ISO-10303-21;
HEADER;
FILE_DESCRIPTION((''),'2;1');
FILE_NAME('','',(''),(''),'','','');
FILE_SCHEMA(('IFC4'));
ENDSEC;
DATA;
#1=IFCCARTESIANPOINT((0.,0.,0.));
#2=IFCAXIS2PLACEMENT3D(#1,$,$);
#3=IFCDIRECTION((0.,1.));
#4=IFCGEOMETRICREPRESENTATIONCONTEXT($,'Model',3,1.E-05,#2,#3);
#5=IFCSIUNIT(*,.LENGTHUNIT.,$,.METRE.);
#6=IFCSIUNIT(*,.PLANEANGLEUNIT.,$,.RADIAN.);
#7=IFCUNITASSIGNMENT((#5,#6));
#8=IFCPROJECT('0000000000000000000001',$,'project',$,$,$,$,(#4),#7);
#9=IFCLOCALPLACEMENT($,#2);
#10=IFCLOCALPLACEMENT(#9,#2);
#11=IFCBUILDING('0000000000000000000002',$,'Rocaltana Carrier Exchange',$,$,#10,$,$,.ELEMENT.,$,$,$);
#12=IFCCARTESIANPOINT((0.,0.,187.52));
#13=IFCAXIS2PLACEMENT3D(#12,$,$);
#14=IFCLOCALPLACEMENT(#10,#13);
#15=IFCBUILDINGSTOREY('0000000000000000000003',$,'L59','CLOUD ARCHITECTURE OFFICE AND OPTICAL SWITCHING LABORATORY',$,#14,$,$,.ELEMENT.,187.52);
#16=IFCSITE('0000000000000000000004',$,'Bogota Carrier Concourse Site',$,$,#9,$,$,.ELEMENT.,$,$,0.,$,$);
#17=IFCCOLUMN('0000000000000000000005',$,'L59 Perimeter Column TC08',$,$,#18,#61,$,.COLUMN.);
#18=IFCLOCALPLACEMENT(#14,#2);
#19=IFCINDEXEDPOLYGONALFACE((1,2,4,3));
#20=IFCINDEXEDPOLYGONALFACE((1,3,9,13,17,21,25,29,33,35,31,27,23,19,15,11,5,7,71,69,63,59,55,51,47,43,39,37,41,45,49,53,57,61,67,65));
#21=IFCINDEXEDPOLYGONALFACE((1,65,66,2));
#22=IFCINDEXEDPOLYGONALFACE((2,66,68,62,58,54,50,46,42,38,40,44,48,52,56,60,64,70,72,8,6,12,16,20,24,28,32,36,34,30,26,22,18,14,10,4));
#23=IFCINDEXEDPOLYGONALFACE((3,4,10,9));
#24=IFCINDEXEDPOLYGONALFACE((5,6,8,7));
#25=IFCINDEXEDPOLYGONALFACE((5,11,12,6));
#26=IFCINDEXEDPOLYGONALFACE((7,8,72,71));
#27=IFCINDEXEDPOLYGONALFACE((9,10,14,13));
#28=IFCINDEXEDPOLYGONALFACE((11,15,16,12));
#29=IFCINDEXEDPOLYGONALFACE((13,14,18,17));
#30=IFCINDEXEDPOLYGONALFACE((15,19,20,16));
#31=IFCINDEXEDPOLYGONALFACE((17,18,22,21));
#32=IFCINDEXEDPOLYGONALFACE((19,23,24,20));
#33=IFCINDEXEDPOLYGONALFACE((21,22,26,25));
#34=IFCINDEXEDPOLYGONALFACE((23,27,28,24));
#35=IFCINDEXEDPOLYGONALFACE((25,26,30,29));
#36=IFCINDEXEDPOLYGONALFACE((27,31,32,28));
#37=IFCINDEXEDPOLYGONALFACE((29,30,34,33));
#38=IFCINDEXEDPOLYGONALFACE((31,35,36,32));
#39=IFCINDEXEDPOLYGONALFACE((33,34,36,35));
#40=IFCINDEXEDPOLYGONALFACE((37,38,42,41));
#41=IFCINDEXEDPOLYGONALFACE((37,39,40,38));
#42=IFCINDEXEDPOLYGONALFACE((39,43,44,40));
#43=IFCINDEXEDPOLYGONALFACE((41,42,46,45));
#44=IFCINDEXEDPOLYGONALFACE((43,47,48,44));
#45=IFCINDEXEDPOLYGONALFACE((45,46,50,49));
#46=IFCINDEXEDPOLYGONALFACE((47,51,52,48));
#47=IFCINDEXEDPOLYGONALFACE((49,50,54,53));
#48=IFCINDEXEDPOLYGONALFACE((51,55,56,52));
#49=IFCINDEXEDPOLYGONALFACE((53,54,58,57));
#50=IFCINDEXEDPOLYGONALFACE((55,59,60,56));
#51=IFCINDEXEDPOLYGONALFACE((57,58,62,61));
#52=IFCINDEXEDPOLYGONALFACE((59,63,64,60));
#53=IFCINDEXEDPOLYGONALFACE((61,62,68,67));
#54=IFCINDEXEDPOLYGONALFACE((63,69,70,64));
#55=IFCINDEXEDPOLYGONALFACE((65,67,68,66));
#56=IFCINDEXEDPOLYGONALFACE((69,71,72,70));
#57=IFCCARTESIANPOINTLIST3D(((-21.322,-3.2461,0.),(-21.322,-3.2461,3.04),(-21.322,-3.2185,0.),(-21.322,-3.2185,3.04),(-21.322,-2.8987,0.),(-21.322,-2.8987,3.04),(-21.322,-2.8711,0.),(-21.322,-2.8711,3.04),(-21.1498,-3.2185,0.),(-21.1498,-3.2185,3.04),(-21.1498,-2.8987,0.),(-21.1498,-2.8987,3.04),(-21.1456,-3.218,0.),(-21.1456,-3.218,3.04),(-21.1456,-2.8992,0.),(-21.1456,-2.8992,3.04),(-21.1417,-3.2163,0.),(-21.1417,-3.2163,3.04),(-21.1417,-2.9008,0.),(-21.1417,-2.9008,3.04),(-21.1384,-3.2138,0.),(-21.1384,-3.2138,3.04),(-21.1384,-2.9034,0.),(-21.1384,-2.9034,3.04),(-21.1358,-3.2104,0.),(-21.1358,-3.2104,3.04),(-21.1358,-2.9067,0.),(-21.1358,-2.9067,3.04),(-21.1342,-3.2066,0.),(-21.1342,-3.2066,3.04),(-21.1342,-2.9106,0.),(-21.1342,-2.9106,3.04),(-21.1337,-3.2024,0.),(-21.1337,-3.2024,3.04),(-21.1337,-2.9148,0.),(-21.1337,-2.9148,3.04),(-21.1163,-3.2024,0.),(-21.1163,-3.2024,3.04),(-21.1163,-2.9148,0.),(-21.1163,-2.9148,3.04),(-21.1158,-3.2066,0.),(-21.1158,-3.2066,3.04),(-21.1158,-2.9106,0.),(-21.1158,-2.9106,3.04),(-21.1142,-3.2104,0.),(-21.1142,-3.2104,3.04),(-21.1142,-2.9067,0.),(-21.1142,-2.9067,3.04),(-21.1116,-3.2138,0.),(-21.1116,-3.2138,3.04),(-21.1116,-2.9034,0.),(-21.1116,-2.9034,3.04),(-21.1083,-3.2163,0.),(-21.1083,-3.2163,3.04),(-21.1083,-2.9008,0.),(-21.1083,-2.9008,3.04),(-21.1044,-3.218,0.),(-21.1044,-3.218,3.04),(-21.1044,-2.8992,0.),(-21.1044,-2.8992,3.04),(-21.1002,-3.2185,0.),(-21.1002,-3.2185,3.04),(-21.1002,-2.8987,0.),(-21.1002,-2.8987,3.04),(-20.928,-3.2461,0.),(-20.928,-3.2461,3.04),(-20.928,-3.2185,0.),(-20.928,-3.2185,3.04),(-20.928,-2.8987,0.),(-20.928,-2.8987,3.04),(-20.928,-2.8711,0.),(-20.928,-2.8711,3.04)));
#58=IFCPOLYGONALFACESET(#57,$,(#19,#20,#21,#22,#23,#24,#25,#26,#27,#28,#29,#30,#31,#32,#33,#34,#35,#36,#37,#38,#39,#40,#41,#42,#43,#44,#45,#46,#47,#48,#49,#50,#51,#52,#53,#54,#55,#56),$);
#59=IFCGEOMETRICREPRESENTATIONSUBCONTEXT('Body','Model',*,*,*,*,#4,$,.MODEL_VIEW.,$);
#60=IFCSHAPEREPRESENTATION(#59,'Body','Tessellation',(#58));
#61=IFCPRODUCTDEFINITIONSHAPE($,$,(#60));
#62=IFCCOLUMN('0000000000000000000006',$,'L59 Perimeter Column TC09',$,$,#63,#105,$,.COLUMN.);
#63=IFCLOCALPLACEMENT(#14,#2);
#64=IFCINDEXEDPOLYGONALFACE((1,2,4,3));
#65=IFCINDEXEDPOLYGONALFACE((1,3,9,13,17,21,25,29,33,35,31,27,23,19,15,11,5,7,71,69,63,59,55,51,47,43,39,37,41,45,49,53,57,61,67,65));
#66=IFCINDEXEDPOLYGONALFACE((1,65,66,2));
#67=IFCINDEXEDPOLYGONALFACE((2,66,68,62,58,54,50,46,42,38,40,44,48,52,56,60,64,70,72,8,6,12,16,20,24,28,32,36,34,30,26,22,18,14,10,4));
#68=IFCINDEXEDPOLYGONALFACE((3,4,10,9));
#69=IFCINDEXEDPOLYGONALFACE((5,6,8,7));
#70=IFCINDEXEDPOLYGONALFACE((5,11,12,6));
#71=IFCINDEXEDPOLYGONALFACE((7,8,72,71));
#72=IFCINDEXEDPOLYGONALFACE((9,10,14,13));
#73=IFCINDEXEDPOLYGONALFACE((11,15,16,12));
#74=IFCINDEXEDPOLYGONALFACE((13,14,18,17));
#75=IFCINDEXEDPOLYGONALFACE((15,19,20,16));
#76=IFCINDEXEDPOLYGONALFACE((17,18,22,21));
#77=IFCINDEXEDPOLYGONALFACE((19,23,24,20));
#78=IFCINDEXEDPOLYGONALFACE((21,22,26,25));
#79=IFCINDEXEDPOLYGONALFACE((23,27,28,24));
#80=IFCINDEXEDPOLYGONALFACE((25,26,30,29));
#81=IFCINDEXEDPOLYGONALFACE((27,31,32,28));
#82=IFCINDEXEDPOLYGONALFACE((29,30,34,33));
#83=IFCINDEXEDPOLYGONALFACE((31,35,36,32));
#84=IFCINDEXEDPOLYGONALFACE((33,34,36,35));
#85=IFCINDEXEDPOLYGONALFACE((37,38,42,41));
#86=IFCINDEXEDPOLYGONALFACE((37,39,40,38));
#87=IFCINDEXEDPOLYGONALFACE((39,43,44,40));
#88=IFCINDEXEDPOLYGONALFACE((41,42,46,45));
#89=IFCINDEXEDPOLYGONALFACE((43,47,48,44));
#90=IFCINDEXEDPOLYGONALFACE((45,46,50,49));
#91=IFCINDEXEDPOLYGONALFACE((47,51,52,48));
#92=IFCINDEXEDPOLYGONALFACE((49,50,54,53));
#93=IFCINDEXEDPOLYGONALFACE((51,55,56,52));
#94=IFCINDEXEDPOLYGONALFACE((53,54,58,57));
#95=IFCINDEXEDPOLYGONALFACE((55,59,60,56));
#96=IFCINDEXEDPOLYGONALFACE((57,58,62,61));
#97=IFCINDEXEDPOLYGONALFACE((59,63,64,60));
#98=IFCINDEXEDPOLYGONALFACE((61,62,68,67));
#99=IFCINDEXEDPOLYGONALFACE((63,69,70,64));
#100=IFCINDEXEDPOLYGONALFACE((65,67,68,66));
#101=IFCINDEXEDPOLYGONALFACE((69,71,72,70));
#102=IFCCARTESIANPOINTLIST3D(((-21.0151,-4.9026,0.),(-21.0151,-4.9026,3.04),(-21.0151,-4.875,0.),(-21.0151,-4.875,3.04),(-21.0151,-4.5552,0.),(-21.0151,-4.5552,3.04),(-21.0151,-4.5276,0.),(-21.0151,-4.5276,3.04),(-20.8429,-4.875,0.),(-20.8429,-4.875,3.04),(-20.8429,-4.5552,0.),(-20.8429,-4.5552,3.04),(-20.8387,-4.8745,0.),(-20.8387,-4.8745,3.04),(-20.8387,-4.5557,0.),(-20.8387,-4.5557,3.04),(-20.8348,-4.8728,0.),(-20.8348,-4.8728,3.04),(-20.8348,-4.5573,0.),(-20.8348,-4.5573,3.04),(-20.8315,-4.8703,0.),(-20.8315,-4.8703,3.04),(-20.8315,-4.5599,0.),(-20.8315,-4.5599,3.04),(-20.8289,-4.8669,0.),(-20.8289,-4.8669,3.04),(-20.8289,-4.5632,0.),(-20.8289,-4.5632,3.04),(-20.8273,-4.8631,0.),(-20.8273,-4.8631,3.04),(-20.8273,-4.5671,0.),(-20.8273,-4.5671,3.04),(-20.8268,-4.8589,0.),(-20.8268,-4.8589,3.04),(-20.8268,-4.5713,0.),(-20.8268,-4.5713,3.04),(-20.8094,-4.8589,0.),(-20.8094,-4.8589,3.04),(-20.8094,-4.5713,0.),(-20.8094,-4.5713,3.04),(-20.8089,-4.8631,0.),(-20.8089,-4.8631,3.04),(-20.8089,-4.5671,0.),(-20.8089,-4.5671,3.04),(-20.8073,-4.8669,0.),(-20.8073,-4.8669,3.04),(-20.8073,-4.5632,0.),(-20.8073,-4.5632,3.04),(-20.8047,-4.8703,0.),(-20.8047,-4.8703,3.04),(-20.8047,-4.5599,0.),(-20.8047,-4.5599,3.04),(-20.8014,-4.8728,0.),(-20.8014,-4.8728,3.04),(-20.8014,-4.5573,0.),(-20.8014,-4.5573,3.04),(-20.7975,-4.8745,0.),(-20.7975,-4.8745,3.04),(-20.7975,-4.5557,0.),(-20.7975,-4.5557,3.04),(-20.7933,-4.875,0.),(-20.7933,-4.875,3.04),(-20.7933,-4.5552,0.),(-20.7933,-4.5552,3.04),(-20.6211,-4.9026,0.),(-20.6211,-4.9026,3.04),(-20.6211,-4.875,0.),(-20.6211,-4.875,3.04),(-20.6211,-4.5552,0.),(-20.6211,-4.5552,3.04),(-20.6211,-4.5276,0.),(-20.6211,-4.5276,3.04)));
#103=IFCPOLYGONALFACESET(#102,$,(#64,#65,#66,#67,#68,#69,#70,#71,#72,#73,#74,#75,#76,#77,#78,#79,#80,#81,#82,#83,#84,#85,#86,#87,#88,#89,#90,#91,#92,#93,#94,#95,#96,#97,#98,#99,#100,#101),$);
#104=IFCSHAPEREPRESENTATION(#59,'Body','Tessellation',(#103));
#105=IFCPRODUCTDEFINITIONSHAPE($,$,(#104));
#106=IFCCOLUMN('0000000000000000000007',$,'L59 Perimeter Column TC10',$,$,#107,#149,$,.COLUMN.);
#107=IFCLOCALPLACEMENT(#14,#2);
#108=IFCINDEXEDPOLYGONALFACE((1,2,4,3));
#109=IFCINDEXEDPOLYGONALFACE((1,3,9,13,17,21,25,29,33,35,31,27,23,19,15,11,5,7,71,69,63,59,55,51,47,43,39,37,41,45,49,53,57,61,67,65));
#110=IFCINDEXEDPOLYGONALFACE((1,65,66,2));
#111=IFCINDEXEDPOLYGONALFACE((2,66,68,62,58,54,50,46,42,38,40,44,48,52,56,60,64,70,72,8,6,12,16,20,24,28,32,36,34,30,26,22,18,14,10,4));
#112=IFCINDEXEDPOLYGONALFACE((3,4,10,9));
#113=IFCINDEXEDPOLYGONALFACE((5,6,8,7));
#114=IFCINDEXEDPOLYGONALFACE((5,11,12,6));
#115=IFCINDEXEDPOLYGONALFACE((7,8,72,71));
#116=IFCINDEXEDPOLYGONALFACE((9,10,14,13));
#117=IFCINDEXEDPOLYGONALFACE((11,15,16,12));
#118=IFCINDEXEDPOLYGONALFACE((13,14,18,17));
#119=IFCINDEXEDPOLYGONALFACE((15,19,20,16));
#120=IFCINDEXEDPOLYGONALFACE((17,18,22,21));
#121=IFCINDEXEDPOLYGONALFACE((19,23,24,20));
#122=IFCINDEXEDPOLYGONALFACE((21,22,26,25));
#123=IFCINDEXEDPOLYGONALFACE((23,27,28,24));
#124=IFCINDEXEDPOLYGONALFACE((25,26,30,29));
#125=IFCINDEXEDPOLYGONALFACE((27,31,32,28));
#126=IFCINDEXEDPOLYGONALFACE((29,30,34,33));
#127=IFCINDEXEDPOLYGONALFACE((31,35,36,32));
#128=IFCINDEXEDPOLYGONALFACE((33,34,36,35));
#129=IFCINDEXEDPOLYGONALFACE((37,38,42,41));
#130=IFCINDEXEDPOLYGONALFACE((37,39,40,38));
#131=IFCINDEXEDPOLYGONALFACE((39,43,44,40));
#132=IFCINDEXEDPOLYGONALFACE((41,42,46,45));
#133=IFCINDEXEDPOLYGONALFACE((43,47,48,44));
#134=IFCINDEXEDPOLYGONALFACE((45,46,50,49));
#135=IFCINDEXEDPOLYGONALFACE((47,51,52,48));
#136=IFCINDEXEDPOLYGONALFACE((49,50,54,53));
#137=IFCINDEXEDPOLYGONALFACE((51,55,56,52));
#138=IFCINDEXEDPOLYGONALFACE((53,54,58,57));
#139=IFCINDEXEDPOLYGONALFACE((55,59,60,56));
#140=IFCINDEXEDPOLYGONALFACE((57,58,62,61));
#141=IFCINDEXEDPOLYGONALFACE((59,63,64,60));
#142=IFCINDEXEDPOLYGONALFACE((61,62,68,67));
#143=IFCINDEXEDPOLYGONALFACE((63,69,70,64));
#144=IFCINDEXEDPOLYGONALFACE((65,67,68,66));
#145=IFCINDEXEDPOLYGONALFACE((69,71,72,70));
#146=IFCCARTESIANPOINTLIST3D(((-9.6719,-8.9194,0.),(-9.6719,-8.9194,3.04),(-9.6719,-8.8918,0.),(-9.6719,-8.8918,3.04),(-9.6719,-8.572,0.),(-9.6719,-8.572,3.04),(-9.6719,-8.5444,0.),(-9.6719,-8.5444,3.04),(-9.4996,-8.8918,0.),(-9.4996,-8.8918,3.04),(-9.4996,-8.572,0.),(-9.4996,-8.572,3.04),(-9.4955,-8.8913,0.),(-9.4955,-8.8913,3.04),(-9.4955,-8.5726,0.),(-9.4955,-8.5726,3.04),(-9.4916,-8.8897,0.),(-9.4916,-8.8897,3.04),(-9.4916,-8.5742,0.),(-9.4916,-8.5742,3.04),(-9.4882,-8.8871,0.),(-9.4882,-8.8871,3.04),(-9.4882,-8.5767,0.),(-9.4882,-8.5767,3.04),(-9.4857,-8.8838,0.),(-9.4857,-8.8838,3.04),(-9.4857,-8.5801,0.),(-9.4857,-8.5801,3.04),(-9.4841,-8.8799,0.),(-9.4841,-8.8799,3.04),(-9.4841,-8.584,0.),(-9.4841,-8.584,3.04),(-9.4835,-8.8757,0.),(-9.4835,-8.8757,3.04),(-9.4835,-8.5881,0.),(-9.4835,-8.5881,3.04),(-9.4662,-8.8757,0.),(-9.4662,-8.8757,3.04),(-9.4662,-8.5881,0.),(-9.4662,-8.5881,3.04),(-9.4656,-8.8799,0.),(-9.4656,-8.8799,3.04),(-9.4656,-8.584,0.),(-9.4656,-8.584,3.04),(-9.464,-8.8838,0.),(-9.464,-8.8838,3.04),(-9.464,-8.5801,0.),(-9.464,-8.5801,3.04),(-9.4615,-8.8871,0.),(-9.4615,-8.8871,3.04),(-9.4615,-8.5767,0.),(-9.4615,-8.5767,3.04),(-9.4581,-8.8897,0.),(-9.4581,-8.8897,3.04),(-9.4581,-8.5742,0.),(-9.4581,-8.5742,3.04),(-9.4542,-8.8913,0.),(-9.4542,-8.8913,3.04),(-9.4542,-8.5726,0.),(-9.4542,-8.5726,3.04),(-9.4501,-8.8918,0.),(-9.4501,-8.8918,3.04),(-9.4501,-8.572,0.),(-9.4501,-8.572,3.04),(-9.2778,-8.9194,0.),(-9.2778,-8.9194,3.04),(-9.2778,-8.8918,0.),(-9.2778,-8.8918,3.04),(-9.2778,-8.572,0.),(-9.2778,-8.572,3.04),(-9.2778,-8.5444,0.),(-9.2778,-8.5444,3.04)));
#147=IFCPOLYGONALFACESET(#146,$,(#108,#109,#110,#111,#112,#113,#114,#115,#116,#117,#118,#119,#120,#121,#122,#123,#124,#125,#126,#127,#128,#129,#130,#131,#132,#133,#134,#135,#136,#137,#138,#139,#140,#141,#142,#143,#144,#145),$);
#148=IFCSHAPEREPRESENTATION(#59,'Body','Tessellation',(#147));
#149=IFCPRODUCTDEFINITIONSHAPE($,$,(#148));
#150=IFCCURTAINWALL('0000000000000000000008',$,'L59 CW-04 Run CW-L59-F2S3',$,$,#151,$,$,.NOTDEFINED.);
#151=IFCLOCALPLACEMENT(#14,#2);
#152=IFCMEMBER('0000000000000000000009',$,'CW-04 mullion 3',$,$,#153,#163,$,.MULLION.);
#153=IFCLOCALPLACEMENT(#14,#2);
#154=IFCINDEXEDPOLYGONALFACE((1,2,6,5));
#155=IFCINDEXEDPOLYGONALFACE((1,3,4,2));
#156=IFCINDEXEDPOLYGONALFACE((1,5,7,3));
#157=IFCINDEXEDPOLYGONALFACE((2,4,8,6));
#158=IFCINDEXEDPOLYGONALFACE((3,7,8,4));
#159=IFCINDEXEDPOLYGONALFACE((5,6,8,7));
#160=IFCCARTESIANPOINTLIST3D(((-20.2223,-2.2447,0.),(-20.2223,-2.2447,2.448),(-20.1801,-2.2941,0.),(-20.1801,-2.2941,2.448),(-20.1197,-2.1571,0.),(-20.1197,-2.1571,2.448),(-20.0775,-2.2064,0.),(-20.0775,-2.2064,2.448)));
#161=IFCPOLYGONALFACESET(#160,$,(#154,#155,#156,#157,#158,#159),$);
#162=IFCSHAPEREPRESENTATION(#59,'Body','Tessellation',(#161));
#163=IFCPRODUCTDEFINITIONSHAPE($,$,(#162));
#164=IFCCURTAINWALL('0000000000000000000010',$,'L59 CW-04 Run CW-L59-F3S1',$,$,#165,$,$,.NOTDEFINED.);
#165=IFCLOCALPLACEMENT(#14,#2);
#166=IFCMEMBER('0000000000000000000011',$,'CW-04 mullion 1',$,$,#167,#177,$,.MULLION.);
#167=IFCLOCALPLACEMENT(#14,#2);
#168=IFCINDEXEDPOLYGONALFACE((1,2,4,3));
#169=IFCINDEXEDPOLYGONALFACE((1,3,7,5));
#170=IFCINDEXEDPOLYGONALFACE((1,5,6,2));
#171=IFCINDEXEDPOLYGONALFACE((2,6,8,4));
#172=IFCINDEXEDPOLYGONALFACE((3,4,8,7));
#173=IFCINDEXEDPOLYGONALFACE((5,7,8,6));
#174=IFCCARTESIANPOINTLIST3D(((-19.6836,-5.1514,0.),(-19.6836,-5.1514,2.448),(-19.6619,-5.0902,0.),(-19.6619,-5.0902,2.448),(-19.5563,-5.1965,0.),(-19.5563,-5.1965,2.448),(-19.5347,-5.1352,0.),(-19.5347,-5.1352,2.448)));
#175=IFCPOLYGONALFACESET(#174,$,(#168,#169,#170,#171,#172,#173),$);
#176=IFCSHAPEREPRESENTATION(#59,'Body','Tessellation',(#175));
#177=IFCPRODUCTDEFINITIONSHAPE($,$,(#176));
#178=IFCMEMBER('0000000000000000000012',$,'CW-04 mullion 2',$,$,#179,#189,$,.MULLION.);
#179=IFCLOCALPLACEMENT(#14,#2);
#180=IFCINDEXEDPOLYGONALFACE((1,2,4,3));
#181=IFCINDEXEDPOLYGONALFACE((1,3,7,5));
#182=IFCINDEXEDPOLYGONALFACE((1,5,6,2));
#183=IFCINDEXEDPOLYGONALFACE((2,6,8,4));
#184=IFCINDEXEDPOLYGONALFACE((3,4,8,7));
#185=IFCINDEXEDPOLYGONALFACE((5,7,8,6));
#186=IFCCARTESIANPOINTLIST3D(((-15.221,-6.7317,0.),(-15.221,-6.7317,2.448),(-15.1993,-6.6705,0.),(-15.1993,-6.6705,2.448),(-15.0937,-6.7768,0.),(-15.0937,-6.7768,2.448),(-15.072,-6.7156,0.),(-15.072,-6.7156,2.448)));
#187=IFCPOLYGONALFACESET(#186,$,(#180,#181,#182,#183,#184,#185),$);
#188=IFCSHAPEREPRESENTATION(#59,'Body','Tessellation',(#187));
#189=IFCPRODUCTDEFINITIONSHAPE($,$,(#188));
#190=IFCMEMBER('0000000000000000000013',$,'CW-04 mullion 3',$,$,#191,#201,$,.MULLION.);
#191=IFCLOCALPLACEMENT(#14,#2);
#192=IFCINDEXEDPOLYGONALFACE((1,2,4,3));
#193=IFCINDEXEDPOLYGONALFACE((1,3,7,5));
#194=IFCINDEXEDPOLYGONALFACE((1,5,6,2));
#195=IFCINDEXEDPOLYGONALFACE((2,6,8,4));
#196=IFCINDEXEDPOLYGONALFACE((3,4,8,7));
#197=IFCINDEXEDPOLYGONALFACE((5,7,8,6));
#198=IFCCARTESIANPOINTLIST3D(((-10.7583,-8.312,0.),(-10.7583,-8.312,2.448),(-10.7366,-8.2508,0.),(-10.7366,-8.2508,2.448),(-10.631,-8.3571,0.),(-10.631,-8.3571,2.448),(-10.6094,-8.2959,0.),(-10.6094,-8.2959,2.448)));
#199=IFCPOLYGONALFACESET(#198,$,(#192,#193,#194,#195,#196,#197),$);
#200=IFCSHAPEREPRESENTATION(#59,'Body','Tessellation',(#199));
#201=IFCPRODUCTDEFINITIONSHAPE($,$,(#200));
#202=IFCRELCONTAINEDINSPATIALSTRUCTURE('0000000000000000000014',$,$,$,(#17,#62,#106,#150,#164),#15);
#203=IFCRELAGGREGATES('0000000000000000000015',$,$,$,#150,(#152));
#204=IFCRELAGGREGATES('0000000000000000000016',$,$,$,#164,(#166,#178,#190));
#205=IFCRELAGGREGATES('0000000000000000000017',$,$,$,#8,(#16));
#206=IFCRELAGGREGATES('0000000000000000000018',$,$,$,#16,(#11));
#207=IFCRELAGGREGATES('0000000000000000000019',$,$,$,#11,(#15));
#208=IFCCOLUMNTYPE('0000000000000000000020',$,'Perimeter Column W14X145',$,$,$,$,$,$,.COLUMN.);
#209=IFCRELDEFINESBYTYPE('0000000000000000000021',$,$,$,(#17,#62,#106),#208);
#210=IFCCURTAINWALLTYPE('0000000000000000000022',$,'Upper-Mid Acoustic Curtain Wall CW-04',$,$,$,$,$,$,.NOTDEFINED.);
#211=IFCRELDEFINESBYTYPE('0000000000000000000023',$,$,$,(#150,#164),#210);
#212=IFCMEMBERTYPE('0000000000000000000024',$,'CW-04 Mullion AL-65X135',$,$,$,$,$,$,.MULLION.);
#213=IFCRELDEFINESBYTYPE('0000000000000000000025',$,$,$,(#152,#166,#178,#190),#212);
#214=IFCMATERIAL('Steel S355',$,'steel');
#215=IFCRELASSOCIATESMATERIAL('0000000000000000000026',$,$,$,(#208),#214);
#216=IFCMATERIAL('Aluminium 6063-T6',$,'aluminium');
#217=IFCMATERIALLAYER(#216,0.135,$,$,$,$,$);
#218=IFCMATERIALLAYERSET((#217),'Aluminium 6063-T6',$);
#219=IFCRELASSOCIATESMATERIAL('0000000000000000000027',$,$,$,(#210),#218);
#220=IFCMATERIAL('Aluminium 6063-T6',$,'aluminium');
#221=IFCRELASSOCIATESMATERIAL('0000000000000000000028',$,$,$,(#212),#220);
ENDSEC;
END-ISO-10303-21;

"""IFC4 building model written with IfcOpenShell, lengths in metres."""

from ifc_helpers import new_model, si_unit, direction, frame, origin, origin_2d, place, context, subcontext, project, spatial, rectangle, i_section, extrude, material, layer, layer_set, material_profile, profile_set, type_object, element, aggregate, save


model = new_model("IFC4")

# Units and contexts
model_context = context("Model", 3, precision=1e-05, world=origin(), true_north=direction((0.0, 1.0)))
body_context = subcontext(model_context, "Body", "Model", "MODEL_VIEW")
ifc_project = project(units=[si_unit("LENGTHUNIT", "METRE"), si_unit("PLANEANGLEUNIT", "RADIAN")], contexts=[model_context])

# Site, building, storey
site_placement = place(None, origin())
site = spatial("IfcSite", under=ifc_project, at=site_placement, Name="Bogota Carrier Concourse Site", CompositionType="ELEMENT", RefElevation=0.0)
building_placement = place(site_placement, origin())
building = spatial("IfcBuilding", under=site, at=building_placement, Name="Rocaltana Carrier Exchange", CompositionType="ELEMENT")
storey_placement = place(building_placement, frame((0.0, 0.0, 187.52)))
storey = spatial("IfcBuildingStorey", under=building, at=storey_placement, Name="L59", Description="CLOUD ARCHITECTURE OFFICE AND OPTICAL SWITCHING LABORATORY", CompositionType="ELEMENT", Elevation=187.52)

# Columns
ifc_material_1 = material(Name="Steel S355", Category="steel")
ifc_material_profile_1 = material_profile(ifc_material_1, i_section(OverallWidth=0.394, OverallDepth=0.375, WebThickness=0.0173, FlangeThickness=0.0276, FilletRadius=0.0161, at=origin_2d()), Name="W14X145")
ifc_profile_set_1 = profile_set([ifc_material_profile_1], Name="Steel S355")
column_type = type_object("IfcColumnType", Name="Perimeter Column W14X145", PredefinedType="COLUMN", material=ifc_profile_set_1)
for number, where, z_axis, x_axis, name in (
    (1, (-21.125, -3.0586, 0.0), (0.0, 0.0, 1.0), (1.0, 0.0, 0.0), "L59 Perimeter Column TC08"),
    (2, (-20.8181, -4.7151, 0.0), (0.0, 0.0, 1.0), (1.0, 0.0, 0.0), "L59 Perimeter Column TC09"),
    (3, (-9.4749, -8.7319, 0.0), (0.0, 0.0, 1.0), (1.0, 0.0, 0.0), "L59 Perimeter Column TC10"),
):
    element("IfcColumn", number, at=place(storey_placement, frame(where, z_axis=z_axis, x_axis=x_axis)), inside=storey, type_object=column_type, Name=name, PredefinedType="COLUMN", context=body_context, shape_type="SweptSolid", body=[
        extrude(i_section(OverallWidth=0.394, OverallDepth=0.375, WebThickness=0.0173, FlangeThickness=0.0276, FilletRadius=0.0161, at=origin_2d()), origin(), (0.0, 0.0, 1.0), 3.04),
    ])

# Curtain wall, member
ifc_material_2 = material(Name="Aluminium 6063-T6", Category="aluminium")
ifc_layer_1 = layer(ifc_material_2, 0.135)
ifc_layer_set_1 = layer_set([ifc_layer_1], Name="Aluminium 6063-T6")
curtain_wall_type = type_object("IfcCurtainWallType", Name="Upper-Mid Acoustic Curtain Wall CW-04", PredefinedType="NOTDEFINED", material=ifc_layer_set_1)
curtain_wall_1_placement = place(storey_placement, origin())
curtain_wall_1 = element("IfcCurtainWall", 4, at=curtain_wall_1_placement, inside=storey, type_object=curtain_wall_type, Name="L59 CW-04 Run CW-L59-F2S3", PredefinedType="NOTDEFINED")
ifc_material_3 = material(Name="Aluminium 6063-T6", Category="aluminium")
ifc_material_profile_2 = material_profile(ifc_material_3, rectangle(XDim=0.0649, YDim=0.135, at=origin_2d()), Name="AL-65X135")
ifc_profile_set_2 = profile_set([ifc_material_profile_2], Name="Aluminium 6063-T6")
member_type_1 = type_object("IfcMemberType", Name="CW-04 Mullion AL-65X135", PredefinedType="MULLION", material=ifc_profile_set_2)
member_1_placement = place(storey_placement, frame((-20.1499, -2.2256, 0.0), z_axis=(0.0, 0.0, 1.0), x_axis=(0.649448, -0.760406, 0.0)))
member_1 = element("IfcMember", 5, at=member_1_placement, type_object=member_type_1, Name="CW-04 mullion 3", PredefinedType="MULLION", context=body_context, shape_type="SweptSolid", body=[
    extrude(rectangle(XDim=0.0649, YDim=0.135, at=origin_2d()), origin(), (0.0, 0.0, 1.0), 2.448),
])

# Curtain wall, members
curtain_wall_2_placement = place(storey_placement, origin())
curtain_wall_2 = element("IfcCurtainWall", 6, at=curtain_wall_2_placement, inside=storey, type_object=curtain_wall_type, Name="L59 CW-04 Run CW-L59-F3S1", PredefinedType="NOTDEFINED")
member_2_placement = place(storey_placement, frame((-19.6091, -5.1433, 0.0), z_axis=(0.0, 0.0, 1.0), x_axis=(0.333795, 0.942646, 0.0)))
member_2 = element("IfcMember", 7, at=member_2_placement, type_object=member_type_1, Name="CW-04 mullion 1", PredefinedType="MULLION", context=body_context, shape_type="SweptSolid", body=[
    extrude(rectangle(XDim=0.0649, YDim=0.135, at=origin_2d()), origin(), (0.0, 0.0, 1.0), 2.448),
])
member_3_placement = place(storey_placement, frame((-15.1465, -6.7236, 0.0), z_axis=(0.0, 0.0, 1.0), x_axis=(0.333795, 0.942646, 0.0)))
member_3 = element("IfcMember", 8, at=member_3_placement, type_object=member_type_1, Name="CW-04 mullion 2", PredefinedType="MULLION", context=body_context, shape_type="SweptSolid", body=[
    extrude(rectangle(XDim=0.0649, YDim=0.135, at=origin_2d()), origin(), (0.0, 0.0, 1.0), 2.448),
])
member_4_placement = place(storey_placement, frame((-10.6838, -8.304, 0.0), z_axis=(0.0, 0.0, 1.0), x_axis=(0.333795, 0.942646, 0.0)))
member_4 = element("IfcMember", 9, at=member_4_placement, type_object=member_type_1, Name="CW-04 mullion 3", PredefinedType="MULLION", context=body_context, shape_type="SweptSolid", body=[
    extrude(rectangle(XDim=0.0649, YDim=0.135, at=origin_2d()), origin(), (0.0, 0.0, 1.0), 2.448),
])

aggregate(curtain_wall_1, [member_1])
aggregate(curtain_wall_2, [member_2, member_3, member_4])

save(model, "model.ifc")
